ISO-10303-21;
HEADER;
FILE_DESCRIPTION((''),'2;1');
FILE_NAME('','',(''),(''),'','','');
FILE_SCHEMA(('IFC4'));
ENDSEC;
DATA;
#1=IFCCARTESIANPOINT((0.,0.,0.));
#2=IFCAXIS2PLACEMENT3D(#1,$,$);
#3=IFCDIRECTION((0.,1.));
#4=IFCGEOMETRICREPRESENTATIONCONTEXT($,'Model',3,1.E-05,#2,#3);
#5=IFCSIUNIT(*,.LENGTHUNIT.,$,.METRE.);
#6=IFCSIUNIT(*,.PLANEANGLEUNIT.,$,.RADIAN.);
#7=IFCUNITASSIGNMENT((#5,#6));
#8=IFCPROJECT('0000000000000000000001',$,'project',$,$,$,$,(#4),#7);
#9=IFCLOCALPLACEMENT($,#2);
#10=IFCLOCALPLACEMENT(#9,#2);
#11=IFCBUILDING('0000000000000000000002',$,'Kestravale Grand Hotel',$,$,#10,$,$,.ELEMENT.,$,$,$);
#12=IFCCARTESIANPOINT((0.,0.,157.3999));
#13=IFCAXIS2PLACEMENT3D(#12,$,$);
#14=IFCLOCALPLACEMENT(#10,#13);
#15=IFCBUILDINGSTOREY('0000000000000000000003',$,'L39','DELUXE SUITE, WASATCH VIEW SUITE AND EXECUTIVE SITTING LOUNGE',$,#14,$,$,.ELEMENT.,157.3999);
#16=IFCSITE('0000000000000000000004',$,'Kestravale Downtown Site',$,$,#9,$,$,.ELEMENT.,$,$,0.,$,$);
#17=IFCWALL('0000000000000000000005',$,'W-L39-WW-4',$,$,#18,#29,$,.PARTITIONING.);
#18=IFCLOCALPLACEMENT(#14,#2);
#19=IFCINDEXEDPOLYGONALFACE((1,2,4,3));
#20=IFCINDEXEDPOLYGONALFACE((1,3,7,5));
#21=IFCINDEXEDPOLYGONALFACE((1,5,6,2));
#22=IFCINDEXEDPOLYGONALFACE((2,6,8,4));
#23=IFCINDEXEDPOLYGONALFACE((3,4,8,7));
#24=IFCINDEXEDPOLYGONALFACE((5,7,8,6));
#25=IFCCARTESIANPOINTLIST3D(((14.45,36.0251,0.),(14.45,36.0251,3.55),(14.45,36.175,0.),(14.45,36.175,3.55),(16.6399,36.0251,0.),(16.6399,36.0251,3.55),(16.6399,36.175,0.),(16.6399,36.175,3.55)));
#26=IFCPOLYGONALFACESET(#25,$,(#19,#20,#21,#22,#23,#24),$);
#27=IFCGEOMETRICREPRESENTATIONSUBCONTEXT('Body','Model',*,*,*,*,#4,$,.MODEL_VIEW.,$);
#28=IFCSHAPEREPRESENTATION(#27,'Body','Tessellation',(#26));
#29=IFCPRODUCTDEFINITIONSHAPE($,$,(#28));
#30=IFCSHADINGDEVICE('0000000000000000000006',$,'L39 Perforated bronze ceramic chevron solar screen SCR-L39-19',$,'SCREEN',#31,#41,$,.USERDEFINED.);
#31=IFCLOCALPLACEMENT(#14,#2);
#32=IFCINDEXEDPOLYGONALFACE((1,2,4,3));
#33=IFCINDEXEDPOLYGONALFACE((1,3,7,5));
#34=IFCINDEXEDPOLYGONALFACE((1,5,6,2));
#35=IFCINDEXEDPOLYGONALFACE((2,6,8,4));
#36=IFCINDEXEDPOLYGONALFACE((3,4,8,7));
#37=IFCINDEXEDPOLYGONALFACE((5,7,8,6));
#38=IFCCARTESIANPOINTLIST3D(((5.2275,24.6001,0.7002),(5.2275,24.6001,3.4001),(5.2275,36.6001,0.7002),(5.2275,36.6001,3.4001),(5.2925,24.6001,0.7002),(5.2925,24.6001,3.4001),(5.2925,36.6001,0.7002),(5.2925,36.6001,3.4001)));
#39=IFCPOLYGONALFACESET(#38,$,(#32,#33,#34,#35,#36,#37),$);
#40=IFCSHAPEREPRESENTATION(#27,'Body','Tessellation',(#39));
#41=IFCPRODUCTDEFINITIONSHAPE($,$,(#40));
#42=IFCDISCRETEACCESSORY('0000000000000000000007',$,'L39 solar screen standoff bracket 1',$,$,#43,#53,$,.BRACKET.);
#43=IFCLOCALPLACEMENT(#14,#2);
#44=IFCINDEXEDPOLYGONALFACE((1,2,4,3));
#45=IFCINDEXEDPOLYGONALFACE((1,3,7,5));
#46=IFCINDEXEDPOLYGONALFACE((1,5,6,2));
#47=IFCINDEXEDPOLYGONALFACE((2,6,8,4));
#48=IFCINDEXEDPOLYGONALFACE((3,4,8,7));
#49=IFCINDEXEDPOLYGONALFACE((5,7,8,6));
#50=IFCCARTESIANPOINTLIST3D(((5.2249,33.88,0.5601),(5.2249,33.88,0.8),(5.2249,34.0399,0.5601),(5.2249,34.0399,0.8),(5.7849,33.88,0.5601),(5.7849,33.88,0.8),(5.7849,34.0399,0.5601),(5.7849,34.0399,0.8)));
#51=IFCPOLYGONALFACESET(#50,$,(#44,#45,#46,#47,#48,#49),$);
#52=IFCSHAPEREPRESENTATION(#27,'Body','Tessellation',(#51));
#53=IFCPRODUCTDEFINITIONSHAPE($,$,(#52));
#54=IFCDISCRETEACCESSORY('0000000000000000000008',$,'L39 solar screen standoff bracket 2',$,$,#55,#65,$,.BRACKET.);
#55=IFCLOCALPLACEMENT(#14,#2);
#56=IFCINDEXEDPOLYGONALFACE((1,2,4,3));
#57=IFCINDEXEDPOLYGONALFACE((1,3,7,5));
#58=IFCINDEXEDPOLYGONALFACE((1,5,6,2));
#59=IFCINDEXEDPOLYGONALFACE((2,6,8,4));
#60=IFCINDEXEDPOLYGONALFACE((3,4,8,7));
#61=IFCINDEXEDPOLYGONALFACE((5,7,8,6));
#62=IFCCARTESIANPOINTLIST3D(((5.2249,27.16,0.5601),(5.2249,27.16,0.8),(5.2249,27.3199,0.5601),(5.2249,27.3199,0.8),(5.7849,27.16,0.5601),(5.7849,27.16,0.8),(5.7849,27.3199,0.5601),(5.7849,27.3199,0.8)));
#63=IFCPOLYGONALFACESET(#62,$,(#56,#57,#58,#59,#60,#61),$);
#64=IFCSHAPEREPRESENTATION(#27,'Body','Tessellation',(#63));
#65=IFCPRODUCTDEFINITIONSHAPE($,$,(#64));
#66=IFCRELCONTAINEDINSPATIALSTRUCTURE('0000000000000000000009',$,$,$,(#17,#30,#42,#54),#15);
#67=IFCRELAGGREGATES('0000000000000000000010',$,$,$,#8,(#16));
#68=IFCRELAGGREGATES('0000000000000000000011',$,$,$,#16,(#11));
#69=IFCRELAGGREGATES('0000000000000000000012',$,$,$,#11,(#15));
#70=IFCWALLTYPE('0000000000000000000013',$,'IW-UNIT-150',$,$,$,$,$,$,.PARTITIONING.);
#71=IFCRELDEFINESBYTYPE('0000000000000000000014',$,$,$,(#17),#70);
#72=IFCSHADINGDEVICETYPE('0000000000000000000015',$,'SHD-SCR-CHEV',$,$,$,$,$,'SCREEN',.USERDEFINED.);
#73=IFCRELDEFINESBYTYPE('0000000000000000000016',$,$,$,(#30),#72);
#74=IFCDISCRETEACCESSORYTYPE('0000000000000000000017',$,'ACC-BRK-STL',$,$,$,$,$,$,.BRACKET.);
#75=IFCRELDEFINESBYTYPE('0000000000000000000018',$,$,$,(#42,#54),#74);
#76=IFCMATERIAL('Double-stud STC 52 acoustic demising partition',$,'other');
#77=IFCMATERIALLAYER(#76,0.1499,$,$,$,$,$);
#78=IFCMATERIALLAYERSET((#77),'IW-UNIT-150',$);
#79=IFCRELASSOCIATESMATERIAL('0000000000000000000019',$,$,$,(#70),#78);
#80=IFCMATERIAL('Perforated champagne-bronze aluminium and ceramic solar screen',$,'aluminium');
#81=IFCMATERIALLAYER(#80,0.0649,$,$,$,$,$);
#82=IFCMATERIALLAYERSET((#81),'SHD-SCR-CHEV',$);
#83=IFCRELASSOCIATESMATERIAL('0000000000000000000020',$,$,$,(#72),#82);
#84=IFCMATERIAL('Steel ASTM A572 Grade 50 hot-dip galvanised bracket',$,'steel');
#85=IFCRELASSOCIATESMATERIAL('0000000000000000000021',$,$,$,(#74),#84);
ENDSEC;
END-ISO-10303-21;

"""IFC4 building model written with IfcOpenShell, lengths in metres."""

from ifc_helpers import new_model, si_unit, direction, frame, frame_2d, origin, origin_2d, place, context, subcontext, project, spatial, rectangle, extrude, material, layer, layer_set, type_object, element, save


model = new_model("IFC4")

# Units and contexts
model_context = context("Model", 3, precision=1e-05, world=origin(), true_north=direction((0.0, 1.0)))
body_context = subcontext(model_context, "Body", "Model", "MODEL_VIEW")
ifc_project = project(units=[si_unit("LENGTHUNIT", "METRE"), si_unit("PLANEANGLEUNIT", "RADIAN")], contexts=[model_context])

# Site, building, storey
site_placement = place(None, origin())
site = spatial("IfcSite", under=ifc_project, at=site_placement, Name="Kestravale Downtown Site", CompositionType="ELEMENT", RefElevation=0.0)
building_placement = place(site_placement, origin())
building = spatial("IfcBuilding", under=site, at=building_placement, Name="Kestravale Grand Hotel", CompositionType="ELEMENT")
storey_placement = place(building_placement, frame((0.0, 0.0, 157.3999)))
storey = spatial("IfcBuildingStorey", under=building, at=storey_placement, Name="L39", Description="DELUXE SUITE, WASATCH VIEW SUITE AND EXECUTIVE SITTING LOUNGE", CompositionType="ELEMENT", Elevation=157.3999)

# Wall
ifc_material_1 = material(Name="Double-stud STC 52 acoustic demising partition", Category="other")
ifc_layer_1 = layer(ifc_material_1, 0.1499)
ifc_layer_set_1 = layer_set([ifc_layer_1], Name="IW-UNIT-150")
wall_type_1 = type_object("IfcWallType", Name="IW-UNIT-150", PredefinedType="PARTITIONING", material=ifc_layer_set_1)
wall_1_placement = place(storey_placement, frame((14.45, 36.1001, 0.0), z_axis=(0.0, 0.0, 1.0), x_axis=(1.0, 0.0, 0.0)))
element("IfcWall", 1, at=wall_1_placement, inside=storey, type_object=wall_type_1, Name="W-L39-WW-4", PredefinedType="PARTITIONING", context=body_context, shape_type="SweptSolid", body=[
    extrude(rectangle(XDim=2.1899, YDim=0.1499, at=frame_2d((1.095, 0.0))), origin(), (0.0, 0.0, 1.0), 3.55),
])

# Shading device
ifc_material_2 = material(Name="Perforated champagne-bronze aluminium and ceramic solar screen", Category="aluminium")
ifc_layer_2 = layer(ifc_material_2, 0.0649)
ifc_layer_set_2 = layer_set([ifc_layer_2], Name="SHD-SCR-CHEV")
shading_device_type = type_object("IfcShadingDeviceType", Name="SHD-SCR-CHEV", ElementType="SCREEN", PredefinedType="USERDEFINED", material=ifc_layer_set_2)
shading_device_placement = place(storey_placement, frame((5.26, 30.6001, 0.7002), z_axis=(0.0, 0.0, 1.0), x_axis=(0.0, -1.0, 0.0)))
element("IfcShadingDevice", 2, at=shading_device_placement, inside=storey, type_object=shading_device_type, Name="L39 Perforated bronze ceramic chevron solar screen SCR-L39-19", ObjectType="SCREEN", PredefinedType="USERDEFINED", context=body_context, shape_type="SweptSolid", body=[
    extrude(rectangle(XDim=12.0, YDim=0.0649, at=origin_2d()), origin(), (0.0, 0.0, 1.0), 2.7),
])

# Discrete accessories
ifc_material_3 = material(Name="Steel ASTM A572 Grade 50 hot-dip galvanised bracket", Category="steel")
discrete_accessory_type = type_object("IfcDiscreteAccessoryType", Name="ACC-BRK-STL", PredefinedType="BRACKET", material=ifc_material_3)
for number, where, z_axis, x_axis, name in (
    (3, (5.5049, 33.96, 0.5601), (0.0, 0.0, 1.0), (0.0, -1.0, 0.0), "L39 solar screen standoff bracket 1"),
    (4, (5.5049, 27.24, 0.5601), (0.0, 0.0, 1.0), (0.0, -1.0, 0.0), "L39 solar screen standoff bracket 2"),
):
    element("IfcDiscreteAccessory", number, at=place(storey_placement, frame(where, z_axis=z_axis, x_axis=x_axis)), inside=storey, type_object=discrete_accessory_type, Name=name, PredefinedType="BRACKET", context=body_context, shape_type="SweptSolid", body=[
        extrude(rectangle(XDim=0.1599, YDim=0.5601, at=origin_2d()), origin(), (0.0, 0.0, 1.0), 0.24),
    ])

save(model, "model.ifc")
